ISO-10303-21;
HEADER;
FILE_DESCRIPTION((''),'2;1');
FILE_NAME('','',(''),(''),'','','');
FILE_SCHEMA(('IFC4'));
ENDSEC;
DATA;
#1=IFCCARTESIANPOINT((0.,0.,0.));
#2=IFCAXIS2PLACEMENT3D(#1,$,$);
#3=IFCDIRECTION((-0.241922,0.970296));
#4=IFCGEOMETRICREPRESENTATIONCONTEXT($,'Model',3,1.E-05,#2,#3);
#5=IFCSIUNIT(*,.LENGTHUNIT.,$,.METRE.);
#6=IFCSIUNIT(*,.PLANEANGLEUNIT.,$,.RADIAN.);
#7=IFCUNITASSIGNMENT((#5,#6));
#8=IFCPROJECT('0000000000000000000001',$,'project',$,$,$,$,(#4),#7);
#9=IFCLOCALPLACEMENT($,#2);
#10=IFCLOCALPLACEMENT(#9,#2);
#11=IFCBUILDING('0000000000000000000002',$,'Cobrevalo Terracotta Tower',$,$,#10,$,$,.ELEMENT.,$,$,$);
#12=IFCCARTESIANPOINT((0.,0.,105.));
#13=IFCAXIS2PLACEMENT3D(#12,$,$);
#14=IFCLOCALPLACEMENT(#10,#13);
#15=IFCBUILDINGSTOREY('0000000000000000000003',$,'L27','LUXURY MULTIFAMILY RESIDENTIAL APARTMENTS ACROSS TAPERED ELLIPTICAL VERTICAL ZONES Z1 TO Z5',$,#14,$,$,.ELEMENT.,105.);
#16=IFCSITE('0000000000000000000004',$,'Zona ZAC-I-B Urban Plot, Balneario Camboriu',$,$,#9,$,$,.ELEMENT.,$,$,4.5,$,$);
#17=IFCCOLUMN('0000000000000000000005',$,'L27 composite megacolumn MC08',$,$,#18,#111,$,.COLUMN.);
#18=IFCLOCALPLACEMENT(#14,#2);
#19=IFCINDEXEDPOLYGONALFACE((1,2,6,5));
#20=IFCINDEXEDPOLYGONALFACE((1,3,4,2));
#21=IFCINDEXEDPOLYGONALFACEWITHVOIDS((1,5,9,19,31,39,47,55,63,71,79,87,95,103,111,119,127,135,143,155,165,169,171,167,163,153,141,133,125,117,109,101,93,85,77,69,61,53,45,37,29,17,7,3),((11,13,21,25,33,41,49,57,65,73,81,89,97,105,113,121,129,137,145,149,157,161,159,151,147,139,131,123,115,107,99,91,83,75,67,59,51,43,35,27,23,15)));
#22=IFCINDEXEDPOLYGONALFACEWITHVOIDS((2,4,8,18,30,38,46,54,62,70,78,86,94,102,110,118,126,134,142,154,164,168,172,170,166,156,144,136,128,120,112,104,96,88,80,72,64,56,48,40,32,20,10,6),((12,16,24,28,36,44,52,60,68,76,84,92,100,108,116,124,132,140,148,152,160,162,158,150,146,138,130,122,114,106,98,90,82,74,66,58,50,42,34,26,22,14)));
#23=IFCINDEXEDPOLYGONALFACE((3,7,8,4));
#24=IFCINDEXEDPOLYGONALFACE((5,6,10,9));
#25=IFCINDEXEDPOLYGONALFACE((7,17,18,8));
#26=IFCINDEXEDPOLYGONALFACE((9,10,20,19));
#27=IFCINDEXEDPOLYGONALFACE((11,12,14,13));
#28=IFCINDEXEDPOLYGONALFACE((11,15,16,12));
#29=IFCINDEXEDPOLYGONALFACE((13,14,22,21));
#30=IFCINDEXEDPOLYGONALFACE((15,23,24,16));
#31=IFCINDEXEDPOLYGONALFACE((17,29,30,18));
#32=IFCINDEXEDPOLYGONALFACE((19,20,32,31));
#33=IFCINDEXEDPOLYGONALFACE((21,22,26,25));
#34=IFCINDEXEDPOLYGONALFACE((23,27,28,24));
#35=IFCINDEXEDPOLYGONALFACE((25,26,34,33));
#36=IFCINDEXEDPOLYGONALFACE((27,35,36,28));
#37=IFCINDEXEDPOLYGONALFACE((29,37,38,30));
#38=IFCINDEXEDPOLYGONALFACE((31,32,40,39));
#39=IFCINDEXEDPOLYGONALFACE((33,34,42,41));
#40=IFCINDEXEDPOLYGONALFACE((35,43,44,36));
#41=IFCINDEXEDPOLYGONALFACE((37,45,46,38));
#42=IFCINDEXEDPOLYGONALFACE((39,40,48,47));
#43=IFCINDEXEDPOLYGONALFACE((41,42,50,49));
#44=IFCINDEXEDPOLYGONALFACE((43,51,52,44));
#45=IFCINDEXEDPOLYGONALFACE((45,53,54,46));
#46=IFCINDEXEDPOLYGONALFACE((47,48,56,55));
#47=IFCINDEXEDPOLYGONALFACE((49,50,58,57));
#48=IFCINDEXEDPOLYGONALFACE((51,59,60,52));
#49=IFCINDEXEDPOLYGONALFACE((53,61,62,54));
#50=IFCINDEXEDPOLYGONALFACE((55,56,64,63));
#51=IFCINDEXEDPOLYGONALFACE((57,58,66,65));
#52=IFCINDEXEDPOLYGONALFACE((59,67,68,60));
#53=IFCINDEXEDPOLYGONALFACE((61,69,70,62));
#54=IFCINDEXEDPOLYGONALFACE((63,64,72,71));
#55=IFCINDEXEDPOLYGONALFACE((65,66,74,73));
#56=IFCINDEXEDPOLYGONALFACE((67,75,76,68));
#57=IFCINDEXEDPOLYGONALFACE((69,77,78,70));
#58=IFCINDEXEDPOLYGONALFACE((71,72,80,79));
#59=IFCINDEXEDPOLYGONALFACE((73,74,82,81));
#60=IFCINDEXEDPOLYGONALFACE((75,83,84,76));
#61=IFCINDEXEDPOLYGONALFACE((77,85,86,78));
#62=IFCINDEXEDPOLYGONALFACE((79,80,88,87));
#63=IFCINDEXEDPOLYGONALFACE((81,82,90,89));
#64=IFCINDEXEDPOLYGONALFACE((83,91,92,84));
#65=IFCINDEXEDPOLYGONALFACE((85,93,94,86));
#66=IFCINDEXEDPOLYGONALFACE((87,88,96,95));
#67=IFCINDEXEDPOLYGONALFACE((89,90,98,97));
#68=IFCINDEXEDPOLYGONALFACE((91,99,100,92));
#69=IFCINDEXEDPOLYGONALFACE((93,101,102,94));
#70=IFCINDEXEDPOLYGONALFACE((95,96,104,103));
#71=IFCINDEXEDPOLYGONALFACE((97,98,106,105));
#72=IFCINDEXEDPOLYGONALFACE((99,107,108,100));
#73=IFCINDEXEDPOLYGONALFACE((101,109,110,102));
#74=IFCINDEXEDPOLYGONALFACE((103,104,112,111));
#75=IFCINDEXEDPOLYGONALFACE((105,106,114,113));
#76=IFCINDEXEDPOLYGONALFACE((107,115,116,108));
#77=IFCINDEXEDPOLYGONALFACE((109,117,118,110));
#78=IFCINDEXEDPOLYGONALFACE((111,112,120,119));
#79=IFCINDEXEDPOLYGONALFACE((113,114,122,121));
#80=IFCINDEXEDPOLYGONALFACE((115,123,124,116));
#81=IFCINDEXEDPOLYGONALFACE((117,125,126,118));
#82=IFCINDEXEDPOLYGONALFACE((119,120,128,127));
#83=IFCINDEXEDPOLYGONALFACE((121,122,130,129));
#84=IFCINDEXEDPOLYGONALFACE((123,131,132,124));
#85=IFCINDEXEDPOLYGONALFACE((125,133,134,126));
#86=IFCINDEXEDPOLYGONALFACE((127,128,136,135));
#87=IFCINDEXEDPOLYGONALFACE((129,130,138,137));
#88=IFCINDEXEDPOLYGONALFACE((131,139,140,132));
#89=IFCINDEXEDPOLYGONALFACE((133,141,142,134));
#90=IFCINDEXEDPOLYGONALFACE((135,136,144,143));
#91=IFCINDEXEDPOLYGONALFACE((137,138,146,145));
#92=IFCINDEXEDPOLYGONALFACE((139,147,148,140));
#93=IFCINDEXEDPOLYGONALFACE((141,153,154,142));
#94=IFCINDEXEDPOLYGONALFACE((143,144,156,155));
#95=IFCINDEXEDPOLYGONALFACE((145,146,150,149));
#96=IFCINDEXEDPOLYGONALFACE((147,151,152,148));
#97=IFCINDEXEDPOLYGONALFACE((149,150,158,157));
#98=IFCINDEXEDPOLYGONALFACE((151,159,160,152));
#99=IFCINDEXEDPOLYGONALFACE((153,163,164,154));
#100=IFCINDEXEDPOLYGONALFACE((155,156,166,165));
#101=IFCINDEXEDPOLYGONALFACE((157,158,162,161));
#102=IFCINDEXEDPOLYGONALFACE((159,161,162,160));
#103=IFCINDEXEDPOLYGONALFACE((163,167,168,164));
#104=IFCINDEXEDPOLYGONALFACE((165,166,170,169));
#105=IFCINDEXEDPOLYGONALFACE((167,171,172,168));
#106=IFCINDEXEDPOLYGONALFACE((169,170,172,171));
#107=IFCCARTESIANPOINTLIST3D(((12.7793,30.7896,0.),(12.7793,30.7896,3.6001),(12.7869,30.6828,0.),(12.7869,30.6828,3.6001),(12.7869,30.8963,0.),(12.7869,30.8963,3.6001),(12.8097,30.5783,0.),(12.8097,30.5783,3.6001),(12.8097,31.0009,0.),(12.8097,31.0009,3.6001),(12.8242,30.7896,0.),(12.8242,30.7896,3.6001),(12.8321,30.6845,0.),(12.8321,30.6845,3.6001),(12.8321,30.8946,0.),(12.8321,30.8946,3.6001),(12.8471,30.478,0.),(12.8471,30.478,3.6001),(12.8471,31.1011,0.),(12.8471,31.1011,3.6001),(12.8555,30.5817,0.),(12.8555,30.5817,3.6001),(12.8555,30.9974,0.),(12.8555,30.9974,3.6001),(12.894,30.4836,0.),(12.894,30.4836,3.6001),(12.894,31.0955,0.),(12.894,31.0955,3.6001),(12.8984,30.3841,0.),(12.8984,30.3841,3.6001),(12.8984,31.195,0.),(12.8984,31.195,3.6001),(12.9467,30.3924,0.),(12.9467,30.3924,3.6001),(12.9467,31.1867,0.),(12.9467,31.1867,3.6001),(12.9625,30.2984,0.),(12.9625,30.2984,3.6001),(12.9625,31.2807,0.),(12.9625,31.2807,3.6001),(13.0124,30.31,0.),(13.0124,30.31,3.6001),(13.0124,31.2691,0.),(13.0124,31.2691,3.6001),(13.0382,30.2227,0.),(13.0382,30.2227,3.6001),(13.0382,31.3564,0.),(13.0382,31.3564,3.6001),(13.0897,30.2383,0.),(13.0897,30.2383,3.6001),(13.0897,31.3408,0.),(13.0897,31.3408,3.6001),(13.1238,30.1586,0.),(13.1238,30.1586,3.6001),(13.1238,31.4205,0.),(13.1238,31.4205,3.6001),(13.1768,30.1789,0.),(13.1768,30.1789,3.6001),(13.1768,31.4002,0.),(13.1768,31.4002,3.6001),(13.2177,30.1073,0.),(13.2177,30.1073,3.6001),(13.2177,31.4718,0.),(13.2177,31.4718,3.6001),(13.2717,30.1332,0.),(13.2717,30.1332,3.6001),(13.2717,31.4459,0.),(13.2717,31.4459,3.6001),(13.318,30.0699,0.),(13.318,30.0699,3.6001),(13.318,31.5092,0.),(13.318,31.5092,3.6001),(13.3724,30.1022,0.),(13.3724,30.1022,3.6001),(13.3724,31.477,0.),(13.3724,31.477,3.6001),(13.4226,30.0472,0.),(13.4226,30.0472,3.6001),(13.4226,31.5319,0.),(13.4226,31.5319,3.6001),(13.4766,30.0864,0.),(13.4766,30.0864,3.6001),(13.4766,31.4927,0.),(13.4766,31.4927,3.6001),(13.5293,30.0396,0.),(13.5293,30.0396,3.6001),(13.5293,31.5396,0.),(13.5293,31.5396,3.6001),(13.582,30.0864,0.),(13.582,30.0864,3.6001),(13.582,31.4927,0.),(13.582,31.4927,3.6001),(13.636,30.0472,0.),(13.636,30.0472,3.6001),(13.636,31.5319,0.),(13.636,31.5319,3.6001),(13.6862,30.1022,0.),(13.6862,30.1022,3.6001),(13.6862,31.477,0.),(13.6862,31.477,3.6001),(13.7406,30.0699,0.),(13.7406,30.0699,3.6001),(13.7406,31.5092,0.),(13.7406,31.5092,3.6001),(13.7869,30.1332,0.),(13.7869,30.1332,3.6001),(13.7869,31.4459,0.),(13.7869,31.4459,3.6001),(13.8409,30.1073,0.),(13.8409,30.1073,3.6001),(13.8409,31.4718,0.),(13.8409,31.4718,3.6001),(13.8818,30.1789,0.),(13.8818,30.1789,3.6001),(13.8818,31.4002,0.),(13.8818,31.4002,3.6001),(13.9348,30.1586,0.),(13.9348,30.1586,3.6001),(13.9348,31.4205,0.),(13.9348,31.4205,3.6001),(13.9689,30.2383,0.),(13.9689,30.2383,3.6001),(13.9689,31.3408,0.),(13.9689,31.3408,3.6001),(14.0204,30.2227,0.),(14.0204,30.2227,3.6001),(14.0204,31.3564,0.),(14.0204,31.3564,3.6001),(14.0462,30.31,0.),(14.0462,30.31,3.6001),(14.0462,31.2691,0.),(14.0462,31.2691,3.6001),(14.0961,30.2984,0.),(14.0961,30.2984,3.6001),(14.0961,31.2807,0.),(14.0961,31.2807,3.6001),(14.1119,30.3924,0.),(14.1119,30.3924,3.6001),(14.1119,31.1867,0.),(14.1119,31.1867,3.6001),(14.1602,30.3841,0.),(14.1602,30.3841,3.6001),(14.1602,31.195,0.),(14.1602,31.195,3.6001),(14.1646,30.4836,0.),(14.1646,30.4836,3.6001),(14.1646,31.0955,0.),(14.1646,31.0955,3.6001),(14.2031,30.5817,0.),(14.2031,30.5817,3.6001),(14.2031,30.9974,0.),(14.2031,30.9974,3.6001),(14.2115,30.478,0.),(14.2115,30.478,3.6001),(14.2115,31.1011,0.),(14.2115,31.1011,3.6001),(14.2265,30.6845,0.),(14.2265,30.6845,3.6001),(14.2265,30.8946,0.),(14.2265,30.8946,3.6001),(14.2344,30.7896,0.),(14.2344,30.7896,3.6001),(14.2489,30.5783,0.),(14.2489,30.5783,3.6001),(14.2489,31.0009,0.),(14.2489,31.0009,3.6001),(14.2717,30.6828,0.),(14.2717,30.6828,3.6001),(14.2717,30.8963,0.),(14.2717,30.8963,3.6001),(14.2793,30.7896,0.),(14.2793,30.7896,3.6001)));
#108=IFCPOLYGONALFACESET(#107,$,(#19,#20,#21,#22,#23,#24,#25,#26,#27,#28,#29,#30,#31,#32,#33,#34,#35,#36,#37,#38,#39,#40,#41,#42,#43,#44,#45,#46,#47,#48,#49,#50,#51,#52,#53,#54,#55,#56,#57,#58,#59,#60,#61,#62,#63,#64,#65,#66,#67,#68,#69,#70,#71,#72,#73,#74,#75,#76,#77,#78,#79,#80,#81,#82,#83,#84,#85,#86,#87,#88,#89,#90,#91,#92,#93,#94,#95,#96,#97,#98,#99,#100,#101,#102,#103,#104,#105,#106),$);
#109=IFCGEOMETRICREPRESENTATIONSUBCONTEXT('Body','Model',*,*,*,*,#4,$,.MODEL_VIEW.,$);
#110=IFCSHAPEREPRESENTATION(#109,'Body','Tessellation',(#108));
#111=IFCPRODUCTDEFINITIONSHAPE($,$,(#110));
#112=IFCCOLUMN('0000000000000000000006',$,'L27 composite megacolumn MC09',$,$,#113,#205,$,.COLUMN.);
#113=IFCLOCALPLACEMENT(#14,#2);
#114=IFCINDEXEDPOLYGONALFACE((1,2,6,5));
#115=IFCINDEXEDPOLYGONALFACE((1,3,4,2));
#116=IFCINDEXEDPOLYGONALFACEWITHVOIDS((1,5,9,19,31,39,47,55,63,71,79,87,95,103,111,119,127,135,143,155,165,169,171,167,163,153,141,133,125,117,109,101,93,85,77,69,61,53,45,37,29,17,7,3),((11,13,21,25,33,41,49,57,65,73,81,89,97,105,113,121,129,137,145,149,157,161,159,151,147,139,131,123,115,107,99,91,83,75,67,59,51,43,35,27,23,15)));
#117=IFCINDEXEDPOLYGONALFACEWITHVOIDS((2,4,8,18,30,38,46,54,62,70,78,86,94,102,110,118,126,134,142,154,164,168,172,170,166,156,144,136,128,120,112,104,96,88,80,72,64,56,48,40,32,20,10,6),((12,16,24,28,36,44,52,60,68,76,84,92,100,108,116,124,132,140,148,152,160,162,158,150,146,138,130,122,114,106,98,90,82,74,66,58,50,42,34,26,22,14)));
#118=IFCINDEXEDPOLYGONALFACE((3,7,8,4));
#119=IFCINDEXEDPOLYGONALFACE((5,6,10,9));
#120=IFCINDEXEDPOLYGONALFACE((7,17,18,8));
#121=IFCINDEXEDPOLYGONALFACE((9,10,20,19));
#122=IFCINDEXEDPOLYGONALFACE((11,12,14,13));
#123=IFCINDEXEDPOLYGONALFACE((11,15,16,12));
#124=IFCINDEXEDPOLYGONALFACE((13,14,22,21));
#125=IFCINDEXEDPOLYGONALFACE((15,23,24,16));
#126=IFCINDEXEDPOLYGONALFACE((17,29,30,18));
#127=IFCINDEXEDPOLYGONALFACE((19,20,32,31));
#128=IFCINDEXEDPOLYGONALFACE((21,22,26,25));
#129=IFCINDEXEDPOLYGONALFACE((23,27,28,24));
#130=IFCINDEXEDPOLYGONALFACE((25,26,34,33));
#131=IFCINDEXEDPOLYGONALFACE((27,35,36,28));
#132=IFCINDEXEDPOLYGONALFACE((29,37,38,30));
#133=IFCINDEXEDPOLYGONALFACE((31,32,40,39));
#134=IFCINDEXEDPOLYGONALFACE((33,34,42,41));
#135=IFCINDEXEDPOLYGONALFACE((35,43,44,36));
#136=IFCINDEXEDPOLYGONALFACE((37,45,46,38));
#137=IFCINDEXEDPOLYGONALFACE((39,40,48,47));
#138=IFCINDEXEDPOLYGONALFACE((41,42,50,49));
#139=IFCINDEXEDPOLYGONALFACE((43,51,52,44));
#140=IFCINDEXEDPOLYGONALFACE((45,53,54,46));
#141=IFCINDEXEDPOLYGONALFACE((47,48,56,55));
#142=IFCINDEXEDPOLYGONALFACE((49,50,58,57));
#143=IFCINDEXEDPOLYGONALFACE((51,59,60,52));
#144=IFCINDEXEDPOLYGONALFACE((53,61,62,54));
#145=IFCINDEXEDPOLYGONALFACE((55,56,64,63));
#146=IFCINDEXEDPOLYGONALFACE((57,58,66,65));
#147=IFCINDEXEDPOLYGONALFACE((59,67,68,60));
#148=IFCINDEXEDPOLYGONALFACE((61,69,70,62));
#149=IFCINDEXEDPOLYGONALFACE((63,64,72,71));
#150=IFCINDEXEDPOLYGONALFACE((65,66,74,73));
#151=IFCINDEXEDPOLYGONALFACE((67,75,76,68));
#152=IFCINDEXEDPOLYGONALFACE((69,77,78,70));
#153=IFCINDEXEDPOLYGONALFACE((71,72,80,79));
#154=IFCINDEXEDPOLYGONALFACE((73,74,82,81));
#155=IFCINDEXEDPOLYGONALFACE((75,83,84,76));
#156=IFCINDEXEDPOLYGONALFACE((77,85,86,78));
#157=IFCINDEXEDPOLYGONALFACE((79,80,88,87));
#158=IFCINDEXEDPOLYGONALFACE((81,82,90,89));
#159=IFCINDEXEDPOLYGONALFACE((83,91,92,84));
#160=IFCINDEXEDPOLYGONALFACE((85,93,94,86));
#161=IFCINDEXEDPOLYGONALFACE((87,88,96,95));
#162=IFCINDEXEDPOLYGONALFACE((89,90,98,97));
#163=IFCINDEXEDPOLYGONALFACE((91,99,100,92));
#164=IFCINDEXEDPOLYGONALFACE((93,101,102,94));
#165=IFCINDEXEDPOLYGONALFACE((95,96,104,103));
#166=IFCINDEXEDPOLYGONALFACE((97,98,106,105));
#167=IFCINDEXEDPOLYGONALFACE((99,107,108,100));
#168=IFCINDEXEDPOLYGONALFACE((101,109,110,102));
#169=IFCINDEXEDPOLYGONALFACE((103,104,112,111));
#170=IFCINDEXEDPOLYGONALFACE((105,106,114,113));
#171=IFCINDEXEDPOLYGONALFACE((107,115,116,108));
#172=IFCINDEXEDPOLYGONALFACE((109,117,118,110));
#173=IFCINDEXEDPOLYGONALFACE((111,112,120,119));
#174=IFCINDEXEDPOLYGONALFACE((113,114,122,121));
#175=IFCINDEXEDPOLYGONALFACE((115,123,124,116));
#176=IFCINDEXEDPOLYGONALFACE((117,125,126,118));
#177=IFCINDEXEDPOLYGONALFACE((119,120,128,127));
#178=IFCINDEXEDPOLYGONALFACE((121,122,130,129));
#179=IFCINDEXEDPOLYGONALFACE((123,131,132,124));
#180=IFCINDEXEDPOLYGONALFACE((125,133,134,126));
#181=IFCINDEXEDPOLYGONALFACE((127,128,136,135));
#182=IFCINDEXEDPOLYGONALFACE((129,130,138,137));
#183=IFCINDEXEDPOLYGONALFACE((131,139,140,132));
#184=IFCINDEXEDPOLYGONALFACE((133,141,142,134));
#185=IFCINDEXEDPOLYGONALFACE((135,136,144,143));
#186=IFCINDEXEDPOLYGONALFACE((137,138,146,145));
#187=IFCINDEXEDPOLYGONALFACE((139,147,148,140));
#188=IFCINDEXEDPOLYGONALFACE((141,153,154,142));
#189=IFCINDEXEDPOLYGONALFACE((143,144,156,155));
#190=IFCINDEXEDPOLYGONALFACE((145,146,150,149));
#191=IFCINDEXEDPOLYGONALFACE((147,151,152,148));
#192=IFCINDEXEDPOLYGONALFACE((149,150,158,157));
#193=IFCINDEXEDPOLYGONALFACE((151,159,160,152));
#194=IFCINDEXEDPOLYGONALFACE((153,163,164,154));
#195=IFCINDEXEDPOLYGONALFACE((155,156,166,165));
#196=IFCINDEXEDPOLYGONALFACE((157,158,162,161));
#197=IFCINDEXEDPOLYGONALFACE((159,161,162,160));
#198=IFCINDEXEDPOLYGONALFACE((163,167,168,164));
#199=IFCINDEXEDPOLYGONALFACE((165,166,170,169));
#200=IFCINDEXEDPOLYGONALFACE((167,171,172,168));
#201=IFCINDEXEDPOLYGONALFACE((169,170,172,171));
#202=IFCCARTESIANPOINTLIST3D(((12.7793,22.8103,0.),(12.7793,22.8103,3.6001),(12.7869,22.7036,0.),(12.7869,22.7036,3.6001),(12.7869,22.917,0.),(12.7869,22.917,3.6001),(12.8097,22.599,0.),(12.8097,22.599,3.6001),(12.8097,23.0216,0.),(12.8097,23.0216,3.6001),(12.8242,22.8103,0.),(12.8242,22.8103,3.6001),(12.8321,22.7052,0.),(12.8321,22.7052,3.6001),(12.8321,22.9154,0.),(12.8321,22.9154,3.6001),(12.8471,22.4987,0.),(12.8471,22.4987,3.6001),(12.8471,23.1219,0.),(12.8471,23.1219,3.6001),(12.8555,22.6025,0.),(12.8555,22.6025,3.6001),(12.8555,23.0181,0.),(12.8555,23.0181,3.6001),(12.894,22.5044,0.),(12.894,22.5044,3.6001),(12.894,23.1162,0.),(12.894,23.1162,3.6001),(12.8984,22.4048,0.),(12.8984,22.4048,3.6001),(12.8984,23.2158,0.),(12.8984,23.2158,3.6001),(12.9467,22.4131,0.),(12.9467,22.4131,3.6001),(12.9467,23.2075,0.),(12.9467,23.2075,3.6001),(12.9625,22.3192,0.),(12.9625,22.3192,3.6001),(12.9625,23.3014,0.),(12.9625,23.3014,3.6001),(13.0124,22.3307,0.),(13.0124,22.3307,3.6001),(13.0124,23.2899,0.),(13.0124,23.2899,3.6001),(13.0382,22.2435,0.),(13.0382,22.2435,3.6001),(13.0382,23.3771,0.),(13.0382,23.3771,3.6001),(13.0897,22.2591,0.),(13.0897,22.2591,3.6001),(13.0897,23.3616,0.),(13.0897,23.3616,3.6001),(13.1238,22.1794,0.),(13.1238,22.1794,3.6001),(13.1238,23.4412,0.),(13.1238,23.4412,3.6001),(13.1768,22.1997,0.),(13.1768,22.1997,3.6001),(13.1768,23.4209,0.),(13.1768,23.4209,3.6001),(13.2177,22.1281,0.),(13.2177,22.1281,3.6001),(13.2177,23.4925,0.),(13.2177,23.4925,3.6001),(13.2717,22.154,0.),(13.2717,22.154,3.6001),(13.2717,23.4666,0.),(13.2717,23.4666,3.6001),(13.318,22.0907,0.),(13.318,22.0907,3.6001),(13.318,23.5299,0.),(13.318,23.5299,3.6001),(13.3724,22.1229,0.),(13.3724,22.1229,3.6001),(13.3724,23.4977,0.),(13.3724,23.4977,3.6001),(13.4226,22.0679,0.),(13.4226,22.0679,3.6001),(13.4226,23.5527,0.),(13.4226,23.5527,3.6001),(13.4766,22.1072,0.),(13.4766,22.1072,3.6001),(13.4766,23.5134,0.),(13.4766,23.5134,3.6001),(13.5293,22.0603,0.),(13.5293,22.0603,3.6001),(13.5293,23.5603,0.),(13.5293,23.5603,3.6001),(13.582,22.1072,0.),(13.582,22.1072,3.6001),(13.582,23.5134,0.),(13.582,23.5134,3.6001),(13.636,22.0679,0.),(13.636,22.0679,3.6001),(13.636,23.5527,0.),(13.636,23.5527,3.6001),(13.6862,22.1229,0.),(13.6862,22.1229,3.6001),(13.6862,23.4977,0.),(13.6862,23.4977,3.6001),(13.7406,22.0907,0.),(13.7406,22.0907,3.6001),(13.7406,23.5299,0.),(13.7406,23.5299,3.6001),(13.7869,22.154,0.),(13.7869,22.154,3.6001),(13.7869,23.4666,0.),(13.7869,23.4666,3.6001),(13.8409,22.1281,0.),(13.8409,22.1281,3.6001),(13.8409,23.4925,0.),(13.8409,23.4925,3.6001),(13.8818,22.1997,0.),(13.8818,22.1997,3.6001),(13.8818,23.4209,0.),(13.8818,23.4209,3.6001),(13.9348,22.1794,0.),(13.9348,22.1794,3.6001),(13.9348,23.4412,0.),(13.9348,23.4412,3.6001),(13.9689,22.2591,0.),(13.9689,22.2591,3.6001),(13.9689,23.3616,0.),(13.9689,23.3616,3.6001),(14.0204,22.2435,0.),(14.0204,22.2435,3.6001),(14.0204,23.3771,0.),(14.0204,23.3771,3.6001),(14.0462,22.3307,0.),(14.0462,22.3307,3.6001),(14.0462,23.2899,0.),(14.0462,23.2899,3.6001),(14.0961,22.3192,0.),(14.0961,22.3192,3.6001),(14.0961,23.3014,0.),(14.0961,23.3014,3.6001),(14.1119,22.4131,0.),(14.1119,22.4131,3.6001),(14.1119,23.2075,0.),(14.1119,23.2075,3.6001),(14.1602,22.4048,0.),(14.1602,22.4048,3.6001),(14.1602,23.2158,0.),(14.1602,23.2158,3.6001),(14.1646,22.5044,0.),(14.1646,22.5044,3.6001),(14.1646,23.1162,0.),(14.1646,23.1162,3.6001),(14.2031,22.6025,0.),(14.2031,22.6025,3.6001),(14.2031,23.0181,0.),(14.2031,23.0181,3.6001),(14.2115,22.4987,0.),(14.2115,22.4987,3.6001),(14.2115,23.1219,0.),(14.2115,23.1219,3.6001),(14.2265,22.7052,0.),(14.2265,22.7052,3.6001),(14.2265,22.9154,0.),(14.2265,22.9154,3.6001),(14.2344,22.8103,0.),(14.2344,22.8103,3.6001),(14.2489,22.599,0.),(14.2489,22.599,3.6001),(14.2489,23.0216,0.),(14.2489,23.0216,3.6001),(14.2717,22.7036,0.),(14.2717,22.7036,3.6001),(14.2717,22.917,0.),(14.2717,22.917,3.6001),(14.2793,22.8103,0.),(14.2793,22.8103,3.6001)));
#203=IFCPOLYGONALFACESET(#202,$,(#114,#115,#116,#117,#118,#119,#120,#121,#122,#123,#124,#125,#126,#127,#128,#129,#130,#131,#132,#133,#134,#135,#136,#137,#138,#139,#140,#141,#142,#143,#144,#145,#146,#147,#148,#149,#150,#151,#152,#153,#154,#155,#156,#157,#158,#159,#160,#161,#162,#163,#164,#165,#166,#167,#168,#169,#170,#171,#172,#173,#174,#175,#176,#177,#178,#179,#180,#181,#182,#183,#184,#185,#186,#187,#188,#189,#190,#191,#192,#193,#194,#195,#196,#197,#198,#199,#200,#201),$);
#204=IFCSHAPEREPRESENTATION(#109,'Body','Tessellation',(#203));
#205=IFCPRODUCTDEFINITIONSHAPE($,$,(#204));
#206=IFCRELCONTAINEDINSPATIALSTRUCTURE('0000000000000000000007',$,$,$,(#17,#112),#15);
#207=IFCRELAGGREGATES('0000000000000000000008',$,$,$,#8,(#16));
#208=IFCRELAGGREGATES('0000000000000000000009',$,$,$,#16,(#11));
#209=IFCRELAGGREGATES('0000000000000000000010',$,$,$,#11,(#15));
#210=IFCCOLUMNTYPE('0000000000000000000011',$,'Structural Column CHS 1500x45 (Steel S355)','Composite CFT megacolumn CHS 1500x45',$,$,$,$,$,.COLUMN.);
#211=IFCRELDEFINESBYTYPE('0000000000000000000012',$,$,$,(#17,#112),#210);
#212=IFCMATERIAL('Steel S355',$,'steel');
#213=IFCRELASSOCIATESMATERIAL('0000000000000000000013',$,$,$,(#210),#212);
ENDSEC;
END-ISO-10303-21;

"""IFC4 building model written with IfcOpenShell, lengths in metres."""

from ifc_helpers import new_model, si_unit, direction, frame, origin, origin_2d, place, context, subcontext, project, spatial, hollow_circle, extrude, material, material_profile, profile_set, type_object, element, save


model = new_model("IFC4")

# Units and contexts
model_context = context("Model", 3, precision=1e-05, world=origin(), true_north=direction((-0.241922, 0.970296)))
body_context = subcontext(model_context, "Body", "Model", "MODEL_VIEW")
ifc_project = project(units=[si_unit("LENGTHUNIT", "METRE"), si_unit("PLANEANGLEUNIT", "RADIAN")], contexts=[model_context])

# Site, building, storey
site_placement = place(None, origin())
site = spatial("IfcSite", under=ifc_project, at=site_placement, Name="Zona ZAC-I-B Urban Plot, Balneario Camboriu", CompositionType="ELEMENT", RefElevation=4.5)
building_placement = place(site_placement, origin())
building = spatial("IfcBuilding", under=site, at=building_placement, Name="Cobrevalo Terracotta Tower", CompositionType="ELEMENT")
storey_placement = place(building_placement, frame((0.0, 0.0, 105.0)))
storey = spatial("IfcBuildingStorey", under=building, at=storey_placement, Name="L27", Description="LUXURY MULTIFAMILY RESIDENTIAL APARTMENTS ACROSS TAPERED ELLIPTICAL VERTICAL ZONES Z1 TO Z5", CompositionType="ELEMENT", Elevation=105.0)

# Columns
ifc_material_1 = material(Name="Steel S355", Category="steel")
ifc_material_profile_1 = material_profile(ifc_material_1, hollow_circle(Radius=0.75, WallThickness=0.0449, at=origin_2d()), Name="CHS 1500x45")
ifc_profile_set_1 = profile_set([ifc_material_profile_1], Name="Steel S355")
column_type = type_object("IfcColumnType", Name="Structural Column CHS 1500x45 (Steel S355)", Description="Composite CFT megacolumn CHS 1500x45", PredefinedType="COLUMN", material=ifc_profile_set_1)
for number, where, z_axis, x_axis, name in (
    (1, (13.5293, 30.7896, 0.0), (0.0, 0.0, 1.0), (1.0, 0.0, 0.0), "L27 composite megacolumn MC08"),
    (2, (13.5293, 22.8103, 0.0), (0.0, 0.0, 1.0), (1.0, 0.0, 0.0), "L27 composite megacolumn MC09"),
):
    element("IfcColumn", number, at=place(storey_placement, frame(where, z_axis=z_axis, x_axis=x_axis)), inside=storey, type_object=column_type, Name=name, PredefinedType="COLUMN", context=body_context, shape_type="SweptSolid", body=[
        extrude(hollow_circle(Radius=0.75, WallThickness=0.0449, at=origin_2d()), origin(), (0.0, 0.0, 1.0), 3.6001),
    ])

save(model, "model.ifc")
